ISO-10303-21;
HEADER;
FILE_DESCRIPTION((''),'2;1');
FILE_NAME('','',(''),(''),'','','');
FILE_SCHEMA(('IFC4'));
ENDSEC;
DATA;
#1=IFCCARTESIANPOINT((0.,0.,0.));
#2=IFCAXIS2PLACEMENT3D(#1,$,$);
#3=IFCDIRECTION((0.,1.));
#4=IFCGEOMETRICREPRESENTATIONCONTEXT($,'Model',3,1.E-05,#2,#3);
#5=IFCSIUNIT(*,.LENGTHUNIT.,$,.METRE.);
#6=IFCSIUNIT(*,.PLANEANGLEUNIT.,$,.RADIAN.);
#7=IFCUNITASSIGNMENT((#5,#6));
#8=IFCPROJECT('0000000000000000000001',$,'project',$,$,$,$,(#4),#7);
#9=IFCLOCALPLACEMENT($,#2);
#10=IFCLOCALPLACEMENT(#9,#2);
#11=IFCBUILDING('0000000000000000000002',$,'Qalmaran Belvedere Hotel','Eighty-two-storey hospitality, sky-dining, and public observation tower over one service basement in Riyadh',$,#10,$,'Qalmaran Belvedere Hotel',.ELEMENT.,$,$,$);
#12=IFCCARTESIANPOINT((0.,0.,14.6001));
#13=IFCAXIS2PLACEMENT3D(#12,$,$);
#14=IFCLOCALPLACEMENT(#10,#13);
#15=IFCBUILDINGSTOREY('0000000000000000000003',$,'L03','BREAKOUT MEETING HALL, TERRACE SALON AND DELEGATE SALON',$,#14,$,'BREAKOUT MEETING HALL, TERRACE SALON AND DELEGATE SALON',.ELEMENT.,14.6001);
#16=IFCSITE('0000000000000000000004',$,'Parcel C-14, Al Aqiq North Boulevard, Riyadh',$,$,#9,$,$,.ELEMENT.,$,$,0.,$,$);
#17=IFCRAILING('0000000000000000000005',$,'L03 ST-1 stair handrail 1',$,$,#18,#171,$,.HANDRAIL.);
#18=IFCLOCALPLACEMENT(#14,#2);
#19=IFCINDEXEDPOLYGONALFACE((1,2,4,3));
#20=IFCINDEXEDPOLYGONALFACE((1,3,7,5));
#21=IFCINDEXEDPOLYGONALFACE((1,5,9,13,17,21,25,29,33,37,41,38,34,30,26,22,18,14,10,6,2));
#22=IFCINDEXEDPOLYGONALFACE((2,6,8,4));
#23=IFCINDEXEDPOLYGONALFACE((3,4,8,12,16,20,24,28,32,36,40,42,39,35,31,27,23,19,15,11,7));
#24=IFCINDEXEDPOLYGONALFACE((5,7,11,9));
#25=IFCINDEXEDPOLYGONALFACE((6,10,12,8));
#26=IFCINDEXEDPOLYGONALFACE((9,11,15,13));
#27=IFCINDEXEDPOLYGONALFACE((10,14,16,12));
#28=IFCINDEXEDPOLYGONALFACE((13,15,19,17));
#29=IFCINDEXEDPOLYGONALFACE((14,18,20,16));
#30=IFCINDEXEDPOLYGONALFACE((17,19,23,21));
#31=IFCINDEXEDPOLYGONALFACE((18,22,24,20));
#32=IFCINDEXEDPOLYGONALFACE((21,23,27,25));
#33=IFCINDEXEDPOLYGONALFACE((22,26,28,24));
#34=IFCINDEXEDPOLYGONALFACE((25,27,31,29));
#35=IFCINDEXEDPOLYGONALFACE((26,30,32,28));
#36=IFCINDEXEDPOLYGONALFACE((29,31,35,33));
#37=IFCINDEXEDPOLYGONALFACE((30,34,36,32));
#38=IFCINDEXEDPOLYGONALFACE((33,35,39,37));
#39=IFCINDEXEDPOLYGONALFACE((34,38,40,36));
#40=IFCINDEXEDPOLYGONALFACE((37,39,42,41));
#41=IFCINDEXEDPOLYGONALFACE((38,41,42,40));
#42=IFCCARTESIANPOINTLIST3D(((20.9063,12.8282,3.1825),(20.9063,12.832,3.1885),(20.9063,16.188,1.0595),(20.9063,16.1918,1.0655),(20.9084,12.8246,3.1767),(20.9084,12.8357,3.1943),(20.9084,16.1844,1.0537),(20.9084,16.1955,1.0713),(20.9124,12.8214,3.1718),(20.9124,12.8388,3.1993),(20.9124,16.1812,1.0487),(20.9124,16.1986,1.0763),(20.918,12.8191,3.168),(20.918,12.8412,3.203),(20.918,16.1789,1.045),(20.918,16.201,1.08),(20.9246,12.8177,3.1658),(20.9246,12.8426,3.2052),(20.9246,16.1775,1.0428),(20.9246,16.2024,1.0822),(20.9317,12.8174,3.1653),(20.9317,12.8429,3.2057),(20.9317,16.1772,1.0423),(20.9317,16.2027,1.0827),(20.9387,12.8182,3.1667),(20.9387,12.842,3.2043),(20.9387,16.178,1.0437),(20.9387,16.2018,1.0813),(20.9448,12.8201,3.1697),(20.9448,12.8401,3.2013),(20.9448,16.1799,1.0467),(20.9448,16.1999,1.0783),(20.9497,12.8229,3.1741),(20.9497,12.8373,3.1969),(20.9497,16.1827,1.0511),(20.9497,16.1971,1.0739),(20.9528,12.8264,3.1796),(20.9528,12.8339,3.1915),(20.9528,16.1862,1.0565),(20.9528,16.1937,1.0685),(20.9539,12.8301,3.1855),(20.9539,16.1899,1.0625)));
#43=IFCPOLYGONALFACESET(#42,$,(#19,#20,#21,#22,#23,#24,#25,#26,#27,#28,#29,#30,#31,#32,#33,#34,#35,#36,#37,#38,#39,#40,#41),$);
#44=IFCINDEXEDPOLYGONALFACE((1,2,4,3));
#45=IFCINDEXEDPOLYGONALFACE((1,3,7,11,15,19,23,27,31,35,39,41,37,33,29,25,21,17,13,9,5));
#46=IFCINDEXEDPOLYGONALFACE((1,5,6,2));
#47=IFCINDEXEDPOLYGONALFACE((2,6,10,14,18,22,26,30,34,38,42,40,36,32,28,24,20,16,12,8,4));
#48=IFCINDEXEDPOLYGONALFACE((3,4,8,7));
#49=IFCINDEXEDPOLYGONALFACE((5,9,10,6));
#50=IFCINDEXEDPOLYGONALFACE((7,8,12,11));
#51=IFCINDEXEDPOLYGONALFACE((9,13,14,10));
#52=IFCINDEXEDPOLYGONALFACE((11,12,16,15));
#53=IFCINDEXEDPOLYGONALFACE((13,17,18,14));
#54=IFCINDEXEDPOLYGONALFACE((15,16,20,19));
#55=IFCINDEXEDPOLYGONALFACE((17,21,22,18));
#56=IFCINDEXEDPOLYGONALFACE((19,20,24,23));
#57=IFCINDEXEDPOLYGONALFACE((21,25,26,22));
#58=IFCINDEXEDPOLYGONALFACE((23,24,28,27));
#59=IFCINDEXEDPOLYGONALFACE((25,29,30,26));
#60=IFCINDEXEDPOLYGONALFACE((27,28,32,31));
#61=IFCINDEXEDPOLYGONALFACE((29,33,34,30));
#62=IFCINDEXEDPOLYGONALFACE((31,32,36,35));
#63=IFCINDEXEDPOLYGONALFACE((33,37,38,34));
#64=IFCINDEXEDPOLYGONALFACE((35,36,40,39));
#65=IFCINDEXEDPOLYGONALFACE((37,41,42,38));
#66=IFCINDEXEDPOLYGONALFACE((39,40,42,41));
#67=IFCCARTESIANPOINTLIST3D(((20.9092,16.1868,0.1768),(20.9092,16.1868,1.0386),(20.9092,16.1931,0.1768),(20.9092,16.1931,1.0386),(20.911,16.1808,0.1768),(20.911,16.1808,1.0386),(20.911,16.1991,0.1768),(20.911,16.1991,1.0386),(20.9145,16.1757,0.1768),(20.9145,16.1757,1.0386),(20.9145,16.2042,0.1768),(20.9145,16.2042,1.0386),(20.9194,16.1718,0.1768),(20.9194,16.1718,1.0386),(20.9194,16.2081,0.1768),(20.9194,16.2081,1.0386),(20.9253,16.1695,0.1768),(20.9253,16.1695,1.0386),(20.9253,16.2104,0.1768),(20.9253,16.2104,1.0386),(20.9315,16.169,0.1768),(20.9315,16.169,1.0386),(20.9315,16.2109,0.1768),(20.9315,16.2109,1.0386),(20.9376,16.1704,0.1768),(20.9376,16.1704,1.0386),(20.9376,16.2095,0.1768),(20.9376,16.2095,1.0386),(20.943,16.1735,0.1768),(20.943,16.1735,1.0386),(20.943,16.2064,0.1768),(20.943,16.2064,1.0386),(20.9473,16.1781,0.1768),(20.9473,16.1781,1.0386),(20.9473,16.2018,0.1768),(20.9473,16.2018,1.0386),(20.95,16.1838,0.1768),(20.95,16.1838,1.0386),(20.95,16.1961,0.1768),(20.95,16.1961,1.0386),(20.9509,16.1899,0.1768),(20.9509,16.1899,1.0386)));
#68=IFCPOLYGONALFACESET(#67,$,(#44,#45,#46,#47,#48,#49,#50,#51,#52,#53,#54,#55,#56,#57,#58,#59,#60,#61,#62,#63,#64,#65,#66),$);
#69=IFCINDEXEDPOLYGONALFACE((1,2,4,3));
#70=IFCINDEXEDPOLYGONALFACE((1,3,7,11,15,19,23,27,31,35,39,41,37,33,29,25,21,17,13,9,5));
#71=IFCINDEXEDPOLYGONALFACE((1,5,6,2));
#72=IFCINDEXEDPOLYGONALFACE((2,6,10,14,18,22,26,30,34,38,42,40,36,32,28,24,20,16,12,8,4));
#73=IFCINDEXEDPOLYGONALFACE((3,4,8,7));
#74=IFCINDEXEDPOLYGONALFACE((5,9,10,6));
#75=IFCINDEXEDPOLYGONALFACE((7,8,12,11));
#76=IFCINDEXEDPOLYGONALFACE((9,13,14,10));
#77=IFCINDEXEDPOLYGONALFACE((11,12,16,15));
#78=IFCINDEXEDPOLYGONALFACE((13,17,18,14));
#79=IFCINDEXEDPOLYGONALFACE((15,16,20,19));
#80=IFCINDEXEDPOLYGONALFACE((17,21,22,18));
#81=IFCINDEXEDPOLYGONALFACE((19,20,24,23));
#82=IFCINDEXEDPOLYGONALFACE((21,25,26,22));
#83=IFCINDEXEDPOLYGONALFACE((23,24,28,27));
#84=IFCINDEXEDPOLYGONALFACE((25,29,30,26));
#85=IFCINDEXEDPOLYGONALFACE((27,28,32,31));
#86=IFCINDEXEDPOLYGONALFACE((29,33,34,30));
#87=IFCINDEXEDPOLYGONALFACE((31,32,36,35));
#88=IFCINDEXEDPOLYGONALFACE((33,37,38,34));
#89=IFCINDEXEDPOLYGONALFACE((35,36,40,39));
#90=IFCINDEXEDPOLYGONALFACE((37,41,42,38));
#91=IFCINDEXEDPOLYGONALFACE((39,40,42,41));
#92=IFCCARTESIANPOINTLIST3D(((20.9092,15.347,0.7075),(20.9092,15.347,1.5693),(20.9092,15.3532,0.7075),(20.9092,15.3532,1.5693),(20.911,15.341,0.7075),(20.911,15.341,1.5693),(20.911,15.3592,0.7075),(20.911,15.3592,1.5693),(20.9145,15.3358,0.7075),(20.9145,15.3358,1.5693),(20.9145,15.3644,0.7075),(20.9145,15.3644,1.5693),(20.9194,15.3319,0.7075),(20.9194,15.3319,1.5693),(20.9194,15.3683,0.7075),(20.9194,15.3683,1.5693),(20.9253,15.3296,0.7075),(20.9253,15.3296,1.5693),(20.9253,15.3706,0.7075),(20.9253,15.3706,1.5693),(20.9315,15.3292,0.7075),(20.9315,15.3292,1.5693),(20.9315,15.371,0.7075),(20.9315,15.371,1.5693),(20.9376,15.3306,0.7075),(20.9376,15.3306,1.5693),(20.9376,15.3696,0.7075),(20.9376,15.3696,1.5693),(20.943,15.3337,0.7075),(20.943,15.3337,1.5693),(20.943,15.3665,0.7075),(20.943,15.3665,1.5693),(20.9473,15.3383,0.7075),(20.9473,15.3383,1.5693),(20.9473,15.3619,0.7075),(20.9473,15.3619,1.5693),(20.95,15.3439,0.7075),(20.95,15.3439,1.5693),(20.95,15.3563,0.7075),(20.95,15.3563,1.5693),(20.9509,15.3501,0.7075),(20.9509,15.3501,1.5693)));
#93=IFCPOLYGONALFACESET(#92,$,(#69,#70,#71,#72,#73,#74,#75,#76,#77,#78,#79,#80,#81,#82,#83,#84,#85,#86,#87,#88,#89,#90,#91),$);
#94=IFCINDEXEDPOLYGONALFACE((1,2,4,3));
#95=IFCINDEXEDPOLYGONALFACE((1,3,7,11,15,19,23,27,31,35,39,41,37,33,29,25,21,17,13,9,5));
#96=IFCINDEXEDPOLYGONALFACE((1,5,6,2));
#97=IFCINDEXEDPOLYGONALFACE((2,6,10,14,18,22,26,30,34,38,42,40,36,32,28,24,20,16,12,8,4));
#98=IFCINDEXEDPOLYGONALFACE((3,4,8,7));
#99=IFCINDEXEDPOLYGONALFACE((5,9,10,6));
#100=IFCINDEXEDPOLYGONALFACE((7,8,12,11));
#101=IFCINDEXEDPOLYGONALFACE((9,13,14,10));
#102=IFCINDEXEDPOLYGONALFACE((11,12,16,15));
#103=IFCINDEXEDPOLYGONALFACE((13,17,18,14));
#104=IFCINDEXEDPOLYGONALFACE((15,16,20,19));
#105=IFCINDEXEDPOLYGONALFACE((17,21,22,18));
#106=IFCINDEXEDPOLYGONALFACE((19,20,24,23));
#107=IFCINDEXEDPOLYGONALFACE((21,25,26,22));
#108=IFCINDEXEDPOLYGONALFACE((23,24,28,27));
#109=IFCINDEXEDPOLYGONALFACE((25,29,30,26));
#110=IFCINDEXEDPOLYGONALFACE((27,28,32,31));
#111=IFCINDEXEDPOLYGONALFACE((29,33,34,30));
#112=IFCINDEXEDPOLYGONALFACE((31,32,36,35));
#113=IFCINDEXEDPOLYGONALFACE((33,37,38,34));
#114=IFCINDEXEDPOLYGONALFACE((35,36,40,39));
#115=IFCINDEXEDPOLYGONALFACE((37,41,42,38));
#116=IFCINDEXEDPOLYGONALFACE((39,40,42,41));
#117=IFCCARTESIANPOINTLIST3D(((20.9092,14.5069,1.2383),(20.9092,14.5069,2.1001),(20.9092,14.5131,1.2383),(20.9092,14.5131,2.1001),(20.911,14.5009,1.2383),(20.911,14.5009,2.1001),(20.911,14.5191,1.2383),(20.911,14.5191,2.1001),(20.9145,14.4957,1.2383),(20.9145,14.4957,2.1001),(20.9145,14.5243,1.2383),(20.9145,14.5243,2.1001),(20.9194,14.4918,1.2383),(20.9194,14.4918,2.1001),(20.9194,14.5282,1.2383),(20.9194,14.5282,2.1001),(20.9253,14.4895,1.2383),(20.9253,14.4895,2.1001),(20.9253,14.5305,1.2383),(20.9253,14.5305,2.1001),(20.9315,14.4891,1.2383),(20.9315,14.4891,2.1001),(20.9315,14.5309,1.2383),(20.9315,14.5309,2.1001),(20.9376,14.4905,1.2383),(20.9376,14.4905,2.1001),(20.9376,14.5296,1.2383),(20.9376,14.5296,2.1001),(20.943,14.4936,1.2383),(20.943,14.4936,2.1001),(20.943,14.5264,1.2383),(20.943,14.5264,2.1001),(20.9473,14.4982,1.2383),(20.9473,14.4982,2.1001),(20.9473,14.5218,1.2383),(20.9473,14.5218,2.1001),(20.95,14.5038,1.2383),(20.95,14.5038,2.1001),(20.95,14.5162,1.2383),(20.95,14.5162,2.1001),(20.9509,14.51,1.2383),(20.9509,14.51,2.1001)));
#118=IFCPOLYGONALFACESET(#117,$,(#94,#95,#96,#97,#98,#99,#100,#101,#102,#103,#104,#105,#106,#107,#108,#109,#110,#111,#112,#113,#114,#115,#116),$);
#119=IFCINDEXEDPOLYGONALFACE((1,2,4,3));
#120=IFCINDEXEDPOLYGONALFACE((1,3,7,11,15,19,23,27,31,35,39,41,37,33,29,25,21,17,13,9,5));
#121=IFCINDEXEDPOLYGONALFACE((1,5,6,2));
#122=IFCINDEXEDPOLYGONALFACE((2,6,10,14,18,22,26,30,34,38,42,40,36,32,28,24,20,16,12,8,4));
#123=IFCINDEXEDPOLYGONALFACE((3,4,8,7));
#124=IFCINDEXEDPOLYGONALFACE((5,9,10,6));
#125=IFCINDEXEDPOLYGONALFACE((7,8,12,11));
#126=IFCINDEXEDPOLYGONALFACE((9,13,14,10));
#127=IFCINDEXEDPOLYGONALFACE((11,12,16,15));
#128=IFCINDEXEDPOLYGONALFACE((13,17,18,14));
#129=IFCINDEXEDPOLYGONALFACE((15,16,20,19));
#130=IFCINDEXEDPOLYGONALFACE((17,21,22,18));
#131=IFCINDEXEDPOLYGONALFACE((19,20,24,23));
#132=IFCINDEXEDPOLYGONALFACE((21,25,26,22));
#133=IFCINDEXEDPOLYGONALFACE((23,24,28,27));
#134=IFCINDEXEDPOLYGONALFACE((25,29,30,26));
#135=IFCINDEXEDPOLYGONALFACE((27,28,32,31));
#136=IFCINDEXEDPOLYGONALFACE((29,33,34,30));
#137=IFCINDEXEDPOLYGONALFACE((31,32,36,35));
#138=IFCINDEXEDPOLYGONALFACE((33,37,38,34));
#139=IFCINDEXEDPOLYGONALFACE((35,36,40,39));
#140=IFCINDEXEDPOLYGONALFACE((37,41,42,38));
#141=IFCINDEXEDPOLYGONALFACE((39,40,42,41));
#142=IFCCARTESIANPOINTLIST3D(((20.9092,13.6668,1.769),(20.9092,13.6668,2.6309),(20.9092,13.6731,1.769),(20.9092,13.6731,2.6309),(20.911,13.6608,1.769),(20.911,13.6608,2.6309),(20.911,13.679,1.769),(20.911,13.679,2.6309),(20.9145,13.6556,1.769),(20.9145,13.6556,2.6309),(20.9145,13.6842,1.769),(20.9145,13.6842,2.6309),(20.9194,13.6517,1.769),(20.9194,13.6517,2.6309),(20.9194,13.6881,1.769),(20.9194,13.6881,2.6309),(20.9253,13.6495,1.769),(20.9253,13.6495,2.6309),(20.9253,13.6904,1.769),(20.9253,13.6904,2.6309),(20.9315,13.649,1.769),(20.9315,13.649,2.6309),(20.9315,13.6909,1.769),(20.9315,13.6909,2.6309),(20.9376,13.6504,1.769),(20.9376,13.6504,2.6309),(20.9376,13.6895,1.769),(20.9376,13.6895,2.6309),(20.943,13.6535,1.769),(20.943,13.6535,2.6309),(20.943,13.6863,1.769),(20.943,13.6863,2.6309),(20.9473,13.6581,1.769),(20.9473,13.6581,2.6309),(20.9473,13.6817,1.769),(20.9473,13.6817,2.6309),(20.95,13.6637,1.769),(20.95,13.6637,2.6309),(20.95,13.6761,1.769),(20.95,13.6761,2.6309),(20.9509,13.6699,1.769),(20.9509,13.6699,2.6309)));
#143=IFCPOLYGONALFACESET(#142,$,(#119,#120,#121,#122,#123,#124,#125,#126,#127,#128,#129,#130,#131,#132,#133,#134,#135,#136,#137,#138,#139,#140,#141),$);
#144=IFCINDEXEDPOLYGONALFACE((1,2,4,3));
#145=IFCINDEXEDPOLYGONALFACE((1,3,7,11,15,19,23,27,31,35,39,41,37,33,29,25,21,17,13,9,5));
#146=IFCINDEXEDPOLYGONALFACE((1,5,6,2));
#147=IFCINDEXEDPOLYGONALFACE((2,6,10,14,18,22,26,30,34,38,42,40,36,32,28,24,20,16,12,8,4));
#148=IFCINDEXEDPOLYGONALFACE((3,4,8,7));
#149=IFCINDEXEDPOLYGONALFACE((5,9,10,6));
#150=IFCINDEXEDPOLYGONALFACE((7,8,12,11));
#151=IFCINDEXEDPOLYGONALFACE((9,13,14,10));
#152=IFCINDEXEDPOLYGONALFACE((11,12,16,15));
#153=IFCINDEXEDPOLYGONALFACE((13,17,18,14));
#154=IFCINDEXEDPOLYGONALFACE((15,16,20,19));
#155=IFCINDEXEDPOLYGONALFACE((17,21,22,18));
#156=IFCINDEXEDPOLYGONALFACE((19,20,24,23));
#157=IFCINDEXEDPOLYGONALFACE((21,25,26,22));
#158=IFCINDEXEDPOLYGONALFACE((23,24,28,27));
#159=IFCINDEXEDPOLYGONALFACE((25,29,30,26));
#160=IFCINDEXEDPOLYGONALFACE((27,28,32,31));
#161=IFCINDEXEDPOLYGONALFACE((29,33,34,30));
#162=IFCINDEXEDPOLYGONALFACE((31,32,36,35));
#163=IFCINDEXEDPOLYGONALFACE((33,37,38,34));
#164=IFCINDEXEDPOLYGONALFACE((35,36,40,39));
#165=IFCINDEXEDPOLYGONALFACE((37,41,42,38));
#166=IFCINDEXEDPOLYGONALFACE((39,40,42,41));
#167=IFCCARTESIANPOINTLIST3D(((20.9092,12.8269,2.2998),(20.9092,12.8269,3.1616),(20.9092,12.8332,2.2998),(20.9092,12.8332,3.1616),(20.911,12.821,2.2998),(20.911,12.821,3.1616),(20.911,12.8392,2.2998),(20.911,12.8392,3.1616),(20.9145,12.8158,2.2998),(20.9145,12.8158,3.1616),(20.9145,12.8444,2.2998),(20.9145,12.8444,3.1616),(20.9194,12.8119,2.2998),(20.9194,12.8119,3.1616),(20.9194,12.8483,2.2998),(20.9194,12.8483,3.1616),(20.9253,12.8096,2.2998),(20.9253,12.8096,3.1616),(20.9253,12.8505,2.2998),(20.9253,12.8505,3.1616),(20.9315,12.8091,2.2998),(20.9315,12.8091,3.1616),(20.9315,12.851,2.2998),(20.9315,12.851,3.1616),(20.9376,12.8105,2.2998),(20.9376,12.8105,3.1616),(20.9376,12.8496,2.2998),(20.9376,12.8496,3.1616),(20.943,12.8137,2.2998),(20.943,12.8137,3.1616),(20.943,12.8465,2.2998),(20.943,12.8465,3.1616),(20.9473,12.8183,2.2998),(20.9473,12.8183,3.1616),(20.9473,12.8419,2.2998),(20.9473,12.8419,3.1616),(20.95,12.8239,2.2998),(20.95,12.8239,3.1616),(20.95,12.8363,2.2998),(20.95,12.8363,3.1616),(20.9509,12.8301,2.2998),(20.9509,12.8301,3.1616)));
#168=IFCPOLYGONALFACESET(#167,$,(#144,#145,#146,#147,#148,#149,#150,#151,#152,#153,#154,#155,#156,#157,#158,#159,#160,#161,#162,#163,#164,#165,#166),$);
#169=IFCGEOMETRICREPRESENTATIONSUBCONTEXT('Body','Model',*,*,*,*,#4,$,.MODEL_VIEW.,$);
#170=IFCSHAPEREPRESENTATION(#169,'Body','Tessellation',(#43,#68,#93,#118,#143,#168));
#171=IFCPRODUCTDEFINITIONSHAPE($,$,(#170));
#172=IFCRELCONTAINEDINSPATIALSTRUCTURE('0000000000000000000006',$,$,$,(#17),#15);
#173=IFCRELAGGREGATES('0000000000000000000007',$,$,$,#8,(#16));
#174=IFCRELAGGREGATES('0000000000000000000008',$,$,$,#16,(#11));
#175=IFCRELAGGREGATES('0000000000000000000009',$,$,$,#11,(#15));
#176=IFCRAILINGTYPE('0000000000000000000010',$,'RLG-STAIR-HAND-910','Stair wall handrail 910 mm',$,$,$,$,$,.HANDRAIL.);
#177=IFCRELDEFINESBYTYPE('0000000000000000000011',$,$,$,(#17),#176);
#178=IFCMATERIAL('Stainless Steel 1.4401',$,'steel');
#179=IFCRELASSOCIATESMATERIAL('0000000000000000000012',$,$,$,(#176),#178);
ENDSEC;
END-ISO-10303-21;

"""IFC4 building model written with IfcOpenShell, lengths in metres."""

from ifc_helpers import new_model, si_unit, direction, frame, origin, origin_2d, place, context, subcontext, project, spatial, circle, extrude, material, type_object, element, save


model = new_model("IFC4")

# Units and contexts
model_context = context("Model", 3, precision=1e-05, world=origin(), true_north=direction((0.0, 1.0)))
body_context = subcontext(model_context, "Body", "Model", "MODEL_VIEW")
ifc_project = project(units=[si_unit("LENGTHUNIT", "METRE"), si_unit("PLANEANGLEUNIT", "RADIAN")], contexts=[model_context])

# Site, building, storey
site_placement = place(None, origin())
site = spatial("IfcSite", under=ifc_project, at=site_placement, Name="Parcel C-14, Al Aqiq North Boulevard, Riyadh", CompositionType="ELEMENT", RefElevation=0.0)
building_placement = place(site_placement, origin())
building = spatial("IfcBuilding", under=site, at=building_placement, Name="Qalmaran Belvedere Hotel", Description="Eighty-two-storey hospitality, sky-dining, and public observation tower over one service basement in Riyadh", LongName="Qalmaran Belvedere Hotel", CompositionType="ELEMENT")
storey_placement = place(building_placement, frame((0.0, 0.0, 14.6001)))
storey = spatial("IfcBuildingStorey", under=building, at=storey_placement, Name="L03", Description="BREAKOUT MEETING HALL, TERRACE SALON AND DELEGATE SALON", LongName="BREAKOUT MEETING HALL, TERRACE SALON AND DELEGATE SALON", CompositionType="ELEMENT", Elevation=14.6001)

# Shared definitions
ifc_material_1 = material(Name="Stainless Steel 1.4401", Category="steel")

# Railing
railing_type_1 = type_object("IfcRailingType", Name="RLG-STAIR-HAND-910", Description="Stair wall handrail 910 mm", PredefinedType="HANDRAIL", material=ifc_material_1)
railing_1_placement = place(storey_placement, frame((20.9299, 16.1899, 0.1768)))
element("IfcRailing", 1, at=railing_1_placement, inside=storey, type_object=railing_type_1, Name="L03 ST-1 stair handrail 1", PredefinedType="HANDRAIL", context=body_context, shape_type="SweptSolid", body=[
    extrude(circle(Radius=0.0239, at=origin_2d()), frame((0.0, 0.0, 0.8857), z_axis=(0.0, -0.845372, 0.534178), x_axis=(1.0, 0.0, 0.0)), (0.0, 0.0, 1.0), 3.9744),
    extrude(circle(Radius=0.021, at=origin_2d()), origin(), (0.0, 0.0, 1.0), 0.8618),
    extrude(circle(Radius=0.021, at=origin_2d()), frame((0.0, -0.8398, 0.5308)), (0.0, 0.0, 1.0), 0.8618),
    extrude(circle(Radius=0.021, at=origin_2d()), frame((0.0, -1.6799, 1.0615)), (0.0, 0.0, 1.0), 0.8618),
    extrude(circle(Radius=0.021, at=origin_2d()), frame((0.0, -2.52, 1.5923)), (0.0, 0.0, 1.0), 0.8618),
    extrude(circle(Radius=0.021, at=origin_2d()), frame((0.0, -3.3599, 2.123)), (0.0, 0.0, 1.0), 0.8618),
])

save(model, "model.ifc")
